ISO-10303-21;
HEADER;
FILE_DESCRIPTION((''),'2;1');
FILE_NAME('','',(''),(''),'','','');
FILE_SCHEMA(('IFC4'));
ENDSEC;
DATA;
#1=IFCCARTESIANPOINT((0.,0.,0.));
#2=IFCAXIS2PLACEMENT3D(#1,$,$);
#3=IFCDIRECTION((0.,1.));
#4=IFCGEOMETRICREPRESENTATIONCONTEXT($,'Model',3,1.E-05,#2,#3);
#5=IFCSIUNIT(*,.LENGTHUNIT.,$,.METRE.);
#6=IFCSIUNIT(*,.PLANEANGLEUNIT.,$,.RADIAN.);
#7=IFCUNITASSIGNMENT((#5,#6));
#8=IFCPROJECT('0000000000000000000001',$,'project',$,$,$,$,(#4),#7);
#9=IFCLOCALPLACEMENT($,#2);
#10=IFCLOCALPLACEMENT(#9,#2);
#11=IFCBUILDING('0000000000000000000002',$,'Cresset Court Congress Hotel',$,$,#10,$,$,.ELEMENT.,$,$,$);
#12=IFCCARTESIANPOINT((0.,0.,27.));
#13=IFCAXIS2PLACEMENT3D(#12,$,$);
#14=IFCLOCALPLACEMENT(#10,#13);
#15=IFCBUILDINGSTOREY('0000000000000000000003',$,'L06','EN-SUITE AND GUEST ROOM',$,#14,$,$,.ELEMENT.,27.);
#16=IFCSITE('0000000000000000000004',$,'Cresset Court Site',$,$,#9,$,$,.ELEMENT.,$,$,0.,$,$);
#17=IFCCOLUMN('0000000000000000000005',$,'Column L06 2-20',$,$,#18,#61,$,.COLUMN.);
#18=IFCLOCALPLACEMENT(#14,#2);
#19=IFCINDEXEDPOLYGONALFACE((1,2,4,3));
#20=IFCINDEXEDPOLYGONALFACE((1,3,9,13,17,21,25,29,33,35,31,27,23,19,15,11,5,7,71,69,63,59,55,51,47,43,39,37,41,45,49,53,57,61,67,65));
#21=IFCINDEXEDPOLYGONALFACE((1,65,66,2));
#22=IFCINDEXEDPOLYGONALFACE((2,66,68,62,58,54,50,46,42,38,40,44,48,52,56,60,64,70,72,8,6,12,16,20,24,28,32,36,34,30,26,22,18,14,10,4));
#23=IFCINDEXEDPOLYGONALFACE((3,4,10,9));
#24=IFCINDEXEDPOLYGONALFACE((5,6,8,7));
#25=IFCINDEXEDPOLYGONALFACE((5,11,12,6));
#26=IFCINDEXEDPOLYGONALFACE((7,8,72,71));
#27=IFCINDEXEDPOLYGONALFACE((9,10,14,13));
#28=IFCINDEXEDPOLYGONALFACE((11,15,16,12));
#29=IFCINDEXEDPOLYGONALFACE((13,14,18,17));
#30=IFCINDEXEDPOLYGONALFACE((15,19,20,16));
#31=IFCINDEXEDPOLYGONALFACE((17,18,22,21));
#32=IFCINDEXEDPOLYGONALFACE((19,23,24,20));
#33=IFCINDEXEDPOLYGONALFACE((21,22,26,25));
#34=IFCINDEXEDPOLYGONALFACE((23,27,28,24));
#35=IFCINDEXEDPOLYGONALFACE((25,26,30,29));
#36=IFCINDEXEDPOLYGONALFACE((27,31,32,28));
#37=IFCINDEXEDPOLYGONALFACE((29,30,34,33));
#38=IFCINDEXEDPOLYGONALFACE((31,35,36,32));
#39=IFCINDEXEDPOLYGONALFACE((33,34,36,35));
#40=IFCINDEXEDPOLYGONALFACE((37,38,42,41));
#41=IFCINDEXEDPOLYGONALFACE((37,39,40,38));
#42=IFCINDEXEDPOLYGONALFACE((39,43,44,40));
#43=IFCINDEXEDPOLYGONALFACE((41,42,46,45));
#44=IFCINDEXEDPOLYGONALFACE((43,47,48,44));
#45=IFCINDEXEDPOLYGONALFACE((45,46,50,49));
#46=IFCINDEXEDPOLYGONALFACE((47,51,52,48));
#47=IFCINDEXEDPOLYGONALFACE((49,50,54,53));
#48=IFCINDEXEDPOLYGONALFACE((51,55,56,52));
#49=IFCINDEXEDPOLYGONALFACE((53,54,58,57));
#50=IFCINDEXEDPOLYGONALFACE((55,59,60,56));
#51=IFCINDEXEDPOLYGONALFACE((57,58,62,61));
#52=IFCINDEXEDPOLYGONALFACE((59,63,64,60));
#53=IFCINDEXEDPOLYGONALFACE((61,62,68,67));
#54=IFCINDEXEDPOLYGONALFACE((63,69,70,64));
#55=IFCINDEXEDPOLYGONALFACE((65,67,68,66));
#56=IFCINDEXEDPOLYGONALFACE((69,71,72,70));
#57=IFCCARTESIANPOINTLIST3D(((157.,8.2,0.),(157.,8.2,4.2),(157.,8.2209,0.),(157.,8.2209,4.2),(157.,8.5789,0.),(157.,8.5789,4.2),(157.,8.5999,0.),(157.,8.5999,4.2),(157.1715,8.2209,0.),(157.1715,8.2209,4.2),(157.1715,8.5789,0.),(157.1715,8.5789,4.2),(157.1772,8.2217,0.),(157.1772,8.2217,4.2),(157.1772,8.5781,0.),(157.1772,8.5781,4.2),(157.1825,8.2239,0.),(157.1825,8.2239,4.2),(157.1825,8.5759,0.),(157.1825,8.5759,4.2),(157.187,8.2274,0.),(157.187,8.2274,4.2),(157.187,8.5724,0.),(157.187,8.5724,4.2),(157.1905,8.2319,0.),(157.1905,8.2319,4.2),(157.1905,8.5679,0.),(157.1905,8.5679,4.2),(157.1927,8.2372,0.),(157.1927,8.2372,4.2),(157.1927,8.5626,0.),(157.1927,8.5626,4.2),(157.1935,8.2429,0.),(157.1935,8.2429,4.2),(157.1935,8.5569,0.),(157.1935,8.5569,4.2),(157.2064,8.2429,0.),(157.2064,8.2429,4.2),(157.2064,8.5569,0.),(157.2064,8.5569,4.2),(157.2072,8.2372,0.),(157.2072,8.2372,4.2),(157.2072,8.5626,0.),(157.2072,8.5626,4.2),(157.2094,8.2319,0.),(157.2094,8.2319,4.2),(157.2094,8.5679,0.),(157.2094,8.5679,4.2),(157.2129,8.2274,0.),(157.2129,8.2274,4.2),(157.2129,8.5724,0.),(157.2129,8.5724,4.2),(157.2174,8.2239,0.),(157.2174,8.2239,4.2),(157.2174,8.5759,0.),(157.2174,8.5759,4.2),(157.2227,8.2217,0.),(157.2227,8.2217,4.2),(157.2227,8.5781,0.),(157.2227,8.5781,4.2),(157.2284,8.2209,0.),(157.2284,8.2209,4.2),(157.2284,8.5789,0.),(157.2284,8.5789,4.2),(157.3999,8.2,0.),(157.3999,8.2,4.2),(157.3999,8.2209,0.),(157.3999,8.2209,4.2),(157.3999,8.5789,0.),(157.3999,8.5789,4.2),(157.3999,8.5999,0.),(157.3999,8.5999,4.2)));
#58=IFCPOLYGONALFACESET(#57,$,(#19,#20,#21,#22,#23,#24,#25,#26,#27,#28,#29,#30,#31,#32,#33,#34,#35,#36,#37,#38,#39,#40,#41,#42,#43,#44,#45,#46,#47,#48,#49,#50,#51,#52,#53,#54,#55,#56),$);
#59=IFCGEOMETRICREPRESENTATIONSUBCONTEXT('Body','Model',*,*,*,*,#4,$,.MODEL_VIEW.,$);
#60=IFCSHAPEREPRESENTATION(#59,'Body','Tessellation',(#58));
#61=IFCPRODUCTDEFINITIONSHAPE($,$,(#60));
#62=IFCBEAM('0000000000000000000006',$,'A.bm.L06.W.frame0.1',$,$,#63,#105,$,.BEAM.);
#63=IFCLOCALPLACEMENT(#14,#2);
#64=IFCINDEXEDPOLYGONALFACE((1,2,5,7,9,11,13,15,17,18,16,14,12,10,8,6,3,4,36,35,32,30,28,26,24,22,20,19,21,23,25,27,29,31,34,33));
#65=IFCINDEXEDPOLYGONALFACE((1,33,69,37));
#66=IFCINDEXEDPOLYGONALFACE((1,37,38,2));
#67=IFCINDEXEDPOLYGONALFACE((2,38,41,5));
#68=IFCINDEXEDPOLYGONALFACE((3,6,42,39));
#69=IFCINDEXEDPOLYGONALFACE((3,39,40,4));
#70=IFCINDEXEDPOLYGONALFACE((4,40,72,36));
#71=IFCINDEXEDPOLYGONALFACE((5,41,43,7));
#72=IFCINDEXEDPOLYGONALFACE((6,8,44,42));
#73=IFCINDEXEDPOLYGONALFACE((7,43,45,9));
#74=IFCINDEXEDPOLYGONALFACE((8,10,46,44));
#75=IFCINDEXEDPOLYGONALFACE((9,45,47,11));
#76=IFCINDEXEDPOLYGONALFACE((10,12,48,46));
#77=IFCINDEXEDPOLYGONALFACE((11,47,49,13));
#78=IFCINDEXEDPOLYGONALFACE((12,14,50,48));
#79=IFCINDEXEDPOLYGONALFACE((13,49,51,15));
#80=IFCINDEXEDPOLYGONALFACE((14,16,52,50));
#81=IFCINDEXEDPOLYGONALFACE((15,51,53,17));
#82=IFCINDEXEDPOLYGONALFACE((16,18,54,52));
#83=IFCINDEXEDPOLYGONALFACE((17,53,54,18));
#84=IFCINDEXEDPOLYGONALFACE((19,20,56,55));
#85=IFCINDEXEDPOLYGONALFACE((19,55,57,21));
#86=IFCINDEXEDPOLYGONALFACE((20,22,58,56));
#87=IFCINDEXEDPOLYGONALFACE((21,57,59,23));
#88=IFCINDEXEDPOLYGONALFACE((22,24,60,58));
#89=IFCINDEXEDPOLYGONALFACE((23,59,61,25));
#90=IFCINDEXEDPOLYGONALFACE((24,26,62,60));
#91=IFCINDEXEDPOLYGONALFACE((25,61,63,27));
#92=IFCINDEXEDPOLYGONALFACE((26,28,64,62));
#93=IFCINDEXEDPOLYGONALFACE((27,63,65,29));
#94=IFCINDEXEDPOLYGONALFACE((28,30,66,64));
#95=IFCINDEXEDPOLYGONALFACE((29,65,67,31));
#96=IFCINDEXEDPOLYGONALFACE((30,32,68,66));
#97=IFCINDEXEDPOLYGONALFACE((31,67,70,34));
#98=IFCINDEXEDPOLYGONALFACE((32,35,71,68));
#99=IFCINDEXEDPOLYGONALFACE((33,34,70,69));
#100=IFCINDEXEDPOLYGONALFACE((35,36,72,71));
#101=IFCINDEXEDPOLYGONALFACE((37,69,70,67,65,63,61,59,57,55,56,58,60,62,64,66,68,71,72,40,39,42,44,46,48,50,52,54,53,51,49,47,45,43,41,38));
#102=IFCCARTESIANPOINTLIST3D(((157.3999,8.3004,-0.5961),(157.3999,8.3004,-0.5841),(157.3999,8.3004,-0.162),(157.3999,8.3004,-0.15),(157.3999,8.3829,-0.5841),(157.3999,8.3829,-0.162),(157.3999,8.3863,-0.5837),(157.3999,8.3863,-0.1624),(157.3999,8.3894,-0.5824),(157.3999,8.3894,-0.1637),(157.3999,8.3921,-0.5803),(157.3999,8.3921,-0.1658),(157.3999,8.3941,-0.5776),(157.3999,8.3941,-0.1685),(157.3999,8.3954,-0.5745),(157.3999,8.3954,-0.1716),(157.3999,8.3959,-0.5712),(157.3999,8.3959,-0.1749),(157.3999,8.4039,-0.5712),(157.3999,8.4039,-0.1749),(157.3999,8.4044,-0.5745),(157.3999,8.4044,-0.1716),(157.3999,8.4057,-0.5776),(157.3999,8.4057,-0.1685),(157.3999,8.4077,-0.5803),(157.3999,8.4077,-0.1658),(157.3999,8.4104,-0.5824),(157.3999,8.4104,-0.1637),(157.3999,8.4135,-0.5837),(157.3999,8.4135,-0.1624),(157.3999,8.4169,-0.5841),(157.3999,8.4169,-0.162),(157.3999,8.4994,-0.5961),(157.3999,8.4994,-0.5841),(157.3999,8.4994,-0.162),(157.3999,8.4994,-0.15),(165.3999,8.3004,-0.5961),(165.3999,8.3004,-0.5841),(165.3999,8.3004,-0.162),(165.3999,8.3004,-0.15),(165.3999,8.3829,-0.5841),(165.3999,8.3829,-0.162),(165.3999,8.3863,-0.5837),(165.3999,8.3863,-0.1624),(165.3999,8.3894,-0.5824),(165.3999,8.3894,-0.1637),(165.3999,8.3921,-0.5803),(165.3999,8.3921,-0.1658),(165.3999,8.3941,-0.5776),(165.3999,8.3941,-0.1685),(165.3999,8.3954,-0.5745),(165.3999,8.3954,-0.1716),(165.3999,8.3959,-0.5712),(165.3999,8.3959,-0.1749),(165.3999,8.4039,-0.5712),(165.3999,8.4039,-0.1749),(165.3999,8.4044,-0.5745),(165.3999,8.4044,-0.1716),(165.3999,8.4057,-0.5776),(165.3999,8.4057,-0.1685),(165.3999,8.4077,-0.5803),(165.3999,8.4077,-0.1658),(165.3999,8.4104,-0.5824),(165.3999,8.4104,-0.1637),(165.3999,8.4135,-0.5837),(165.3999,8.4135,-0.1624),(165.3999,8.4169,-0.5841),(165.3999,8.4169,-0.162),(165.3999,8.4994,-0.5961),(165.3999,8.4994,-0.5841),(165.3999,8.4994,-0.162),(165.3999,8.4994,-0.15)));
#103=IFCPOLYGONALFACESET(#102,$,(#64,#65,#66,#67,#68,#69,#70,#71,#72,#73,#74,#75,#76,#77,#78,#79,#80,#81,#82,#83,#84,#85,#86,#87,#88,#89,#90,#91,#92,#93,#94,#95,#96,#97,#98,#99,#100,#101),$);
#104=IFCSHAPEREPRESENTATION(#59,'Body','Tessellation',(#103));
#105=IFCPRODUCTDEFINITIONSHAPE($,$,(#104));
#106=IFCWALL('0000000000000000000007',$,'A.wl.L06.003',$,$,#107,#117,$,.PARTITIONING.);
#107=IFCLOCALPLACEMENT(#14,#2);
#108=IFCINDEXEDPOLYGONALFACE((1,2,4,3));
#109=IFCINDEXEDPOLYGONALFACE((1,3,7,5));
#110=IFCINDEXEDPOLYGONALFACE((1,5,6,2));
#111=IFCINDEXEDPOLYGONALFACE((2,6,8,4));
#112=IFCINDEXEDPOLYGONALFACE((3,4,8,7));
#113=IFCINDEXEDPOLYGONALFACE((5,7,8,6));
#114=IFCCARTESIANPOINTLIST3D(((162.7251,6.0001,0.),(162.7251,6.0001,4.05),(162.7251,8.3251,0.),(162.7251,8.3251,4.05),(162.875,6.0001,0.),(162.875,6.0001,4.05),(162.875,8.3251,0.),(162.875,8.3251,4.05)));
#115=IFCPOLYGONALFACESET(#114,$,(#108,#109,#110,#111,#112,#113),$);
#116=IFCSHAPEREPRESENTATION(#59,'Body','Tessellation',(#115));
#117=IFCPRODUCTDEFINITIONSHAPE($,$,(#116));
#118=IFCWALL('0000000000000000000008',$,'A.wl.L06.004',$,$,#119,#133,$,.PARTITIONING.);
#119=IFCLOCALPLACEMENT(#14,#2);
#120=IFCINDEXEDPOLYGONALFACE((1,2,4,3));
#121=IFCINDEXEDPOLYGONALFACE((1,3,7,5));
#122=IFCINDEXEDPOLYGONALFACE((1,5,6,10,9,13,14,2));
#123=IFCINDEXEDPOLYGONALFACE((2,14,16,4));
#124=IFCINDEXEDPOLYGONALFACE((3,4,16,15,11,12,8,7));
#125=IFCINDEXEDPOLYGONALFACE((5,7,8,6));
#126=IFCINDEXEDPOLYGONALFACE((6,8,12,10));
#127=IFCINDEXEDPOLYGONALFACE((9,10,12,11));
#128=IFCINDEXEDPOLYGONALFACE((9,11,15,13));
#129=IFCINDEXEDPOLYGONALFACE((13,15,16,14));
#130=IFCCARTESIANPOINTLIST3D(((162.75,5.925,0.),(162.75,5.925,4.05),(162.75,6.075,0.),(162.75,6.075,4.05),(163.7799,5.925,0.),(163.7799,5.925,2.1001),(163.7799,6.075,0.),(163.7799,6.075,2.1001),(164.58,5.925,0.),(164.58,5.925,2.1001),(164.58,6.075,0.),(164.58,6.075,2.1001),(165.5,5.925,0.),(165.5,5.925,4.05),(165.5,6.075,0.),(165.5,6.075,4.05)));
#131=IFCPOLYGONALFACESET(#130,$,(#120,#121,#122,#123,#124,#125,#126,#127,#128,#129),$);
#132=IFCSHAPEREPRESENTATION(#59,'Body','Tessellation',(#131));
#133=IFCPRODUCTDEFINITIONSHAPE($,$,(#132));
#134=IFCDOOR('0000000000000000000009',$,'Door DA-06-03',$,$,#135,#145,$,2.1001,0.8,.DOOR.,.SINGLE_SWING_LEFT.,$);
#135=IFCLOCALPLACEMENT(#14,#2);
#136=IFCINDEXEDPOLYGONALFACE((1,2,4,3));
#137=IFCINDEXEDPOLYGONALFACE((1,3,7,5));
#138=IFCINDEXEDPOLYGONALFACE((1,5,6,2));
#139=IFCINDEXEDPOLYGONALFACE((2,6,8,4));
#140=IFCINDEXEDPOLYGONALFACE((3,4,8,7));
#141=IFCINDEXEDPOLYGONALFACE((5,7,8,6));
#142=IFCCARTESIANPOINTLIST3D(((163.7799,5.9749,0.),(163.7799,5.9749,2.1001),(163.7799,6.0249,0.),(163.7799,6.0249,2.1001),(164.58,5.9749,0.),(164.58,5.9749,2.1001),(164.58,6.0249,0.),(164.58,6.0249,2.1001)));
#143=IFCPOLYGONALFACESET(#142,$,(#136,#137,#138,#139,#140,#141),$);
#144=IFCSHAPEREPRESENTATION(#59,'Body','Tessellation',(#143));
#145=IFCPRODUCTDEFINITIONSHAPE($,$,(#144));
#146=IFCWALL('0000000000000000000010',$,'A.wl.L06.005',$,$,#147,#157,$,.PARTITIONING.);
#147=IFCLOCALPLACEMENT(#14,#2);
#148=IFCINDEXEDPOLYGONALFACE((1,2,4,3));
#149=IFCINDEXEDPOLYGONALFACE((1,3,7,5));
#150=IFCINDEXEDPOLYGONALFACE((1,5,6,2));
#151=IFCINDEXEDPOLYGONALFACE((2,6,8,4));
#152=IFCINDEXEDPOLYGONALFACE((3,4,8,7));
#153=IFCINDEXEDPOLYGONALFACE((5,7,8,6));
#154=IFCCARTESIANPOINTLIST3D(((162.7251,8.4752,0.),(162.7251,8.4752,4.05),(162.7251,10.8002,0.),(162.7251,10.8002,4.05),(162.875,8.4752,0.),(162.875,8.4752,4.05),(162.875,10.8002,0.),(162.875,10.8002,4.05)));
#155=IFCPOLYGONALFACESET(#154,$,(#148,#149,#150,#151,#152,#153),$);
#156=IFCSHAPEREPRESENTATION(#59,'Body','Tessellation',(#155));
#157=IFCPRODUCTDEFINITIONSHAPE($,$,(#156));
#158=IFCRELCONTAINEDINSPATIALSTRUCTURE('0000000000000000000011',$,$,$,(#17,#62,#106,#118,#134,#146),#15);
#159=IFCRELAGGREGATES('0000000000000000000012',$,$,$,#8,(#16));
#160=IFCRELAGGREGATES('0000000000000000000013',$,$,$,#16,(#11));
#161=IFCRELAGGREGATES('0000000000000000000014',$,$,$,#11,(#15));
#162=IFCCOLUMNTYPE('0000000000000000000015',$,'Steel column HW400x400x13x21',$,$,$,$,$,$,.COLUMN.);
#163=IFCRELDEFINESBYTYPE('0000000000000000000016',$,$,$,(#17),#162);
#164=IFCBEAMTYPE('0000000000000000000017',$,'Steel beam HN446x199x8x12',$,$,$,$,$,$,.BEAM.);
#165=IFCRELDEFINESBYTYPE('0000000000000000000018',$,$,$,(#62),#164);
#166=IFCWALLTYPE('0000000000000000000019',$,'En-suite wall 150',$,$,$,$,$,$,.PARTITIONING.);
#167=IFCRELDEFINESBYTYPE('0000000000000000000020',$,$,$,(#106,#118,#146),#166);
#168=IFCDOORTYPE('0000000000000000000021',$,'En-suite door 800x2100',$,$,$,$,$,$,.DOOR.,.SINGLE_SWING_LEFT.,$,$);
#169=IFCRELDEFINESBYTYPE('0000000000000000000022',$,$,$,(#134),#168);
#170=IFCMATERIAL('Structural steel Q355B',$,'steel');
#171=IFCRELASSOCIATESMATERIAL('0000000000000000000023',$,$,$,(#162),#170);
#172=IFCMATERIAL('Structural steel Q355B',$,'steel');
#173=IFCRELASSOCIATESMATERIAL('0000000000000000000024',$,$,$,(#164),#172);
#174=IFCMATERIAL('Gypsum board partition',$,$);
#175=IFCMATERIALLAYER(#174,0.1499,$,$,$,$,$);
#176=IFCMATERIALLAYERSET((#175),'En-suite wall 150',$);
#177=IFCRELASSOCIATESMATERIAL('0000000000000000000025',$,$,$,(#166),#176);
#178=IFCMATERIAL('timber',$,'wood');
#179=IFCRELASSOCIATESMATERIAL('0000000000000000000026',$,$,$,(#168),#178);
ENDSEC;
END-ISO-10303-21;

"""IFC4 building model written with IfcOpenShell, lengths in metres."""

from ifc_helpers import new_model, si_unit, direction, frame, frame_2d, origin, origin_2d, place, context, subcontext, project, spatial, rectangle, i_section, extrude, material, layer, layer_set, material_profile, profile_set, type_object, element, fill, save


model = new_model("IFC4")

# Units and contexts
model_context = context("Model", 3, precision=1e-05, world=origin(), true_north=direction((0.0, 1.0)))
body_context = subcontext(model_context, "Body", "Model", "MODEL_VIEW")
ifc_project = project(units=[si_unit("LENGTHUNIT", "METRE"), si_unit("PLANEANGLEUNIT", "RADIAN")], contexts=[model_context])

# Site, building, storey
site_placement = place(None, origin())
site = spatial("IfcSite", under=ifc_project, at=site_placement, Name="Cresset Court Site", CompositionType="ELEMENT", RefElevation=0.0)
building_placement = place(site_placement, origin())
building = spatial("IfcBuilding", under=site, at=building_placement, Name="Cresset Court Congress Hotel", CompositionType="ELEMENT")
storey_placement = place(building_placement, frame((0.0, 0.0, 27.0)))
storey = spatial("IfcBuildingStorey", under=building, at=storey_placement, Name="L06", Description="EN-SUITE AND GUEST ROOM", CompositionType="ELEMENT", Elevation=27.0)

# Column
ifc_material_1 = material(Name="Structural steel Q355B", Category="steel")
ifc_material_profile_1 = material_profile(ifc_material_1, i_section(OverallWidth=0.3999, OverallDepth=0.3999, WebThickness=0.0129, FlangeThickness=0.021, FilletRadius=0.022, at=origin_2d()), Name="HW400x400x13x21")
ifc_profile_set_1 = profile_set([ifc_material_profile_1], Name="Structural steel Q355B")
column_type = type_object("IfcColumnType", Name="Steel column HW400x400x13x21", PredefinedType="COLUMN", material=ifc_profile_set_1)
column_placement = place(storey_placement, frame((157.2, 8.3999, 0.0), z_axis=(0.0, 0.0, 1.0), x_axis=(1.0, 0.0, 0.0)))
element("IfcColumn", 1, at=column_placement, inside=storey, type_object=column_type, Name="Column L06 2-20", PredefinedType="COLUMN", context=body_context, shape_type="SweptSolid", body=[
    extrude(i_section(OverallWidth=0.3999, OverallDepth=0.3999, WebThickness=0.0129, FlangeThickness=0.021, FilletRadius=0.022, at=origin_2d()), origin(), (0.0, 0.0, 1.0), 4.2),
])

# Beam
ifc_material_2 = material(Name="Structural steel Q355B", Category="steel")
ifc_material_profile_2 = material_profile(ifc_material_2, i_section(OverallWidth=0.199, OverallDepth=0.446, WebThickness=0.0081, FlangeThickness=0.012, FilletRadius=0.0129, at=origin_2d()), Name="HN446x199x8x12")
ifc_profile_set_2 = profile_set([ifc_material_profile_2], Name="Structural steel Q355B")
beam_type = type_object("IfcBeamType", Name="Steel beam HN446x199x8x12", PredefinedType="BEAM", material=ifc_profile_set_2)
beam_placement = place(storey_placement, frame((157.3999, 8.3999, -0.373), z_axis=(1.0, 0.0, 0.0), x_axis=(0.0, 1.0, 0.0)))
element("IfcBeam", 2, at=beam_placement, inside=storey, type_object=beam_type, Name="A.bm.L06.W.frame0.1", PredefinedType="BEAM", context=body_context, shape_type="SweptSolid", body=[
    extrude(i_section(OverallWidth=0.199, OverallDepth=0.446, WebThickness=0.0081, FlangeThickness=0.012, FilletRadius=0.0129, at=origin_2d()), origin(), (0.0, 0.0, 1.0), 8.0),
])

# Wall
ifc_material_3 = material(Name="Gypsum board partition")
ifc_layer_1 = layer(ifc_material_3, 0.1499)
ifc_layer_set_1 = layer_set([ifc_layer_1], Name="En-suite wall 150")
wall_type_1 = type_object("IfcWallType", Name="En-suite wall 150", PredefinedType="PARTITIONING", material=ifc_layer_set_1)
wall_1_placement = place(storey_placement, frame((162.8, 6.0, 0.0), z_axis=(0.0, 0.0, 1.0), x_axis=(0.0, 1.0, 0.0)))
element("IfcWall", 3, at=wall_1_placement, inside=storey, type_object=wall_type_1, Name="A.wl.L06.003", PredefinedType="PARTITIONING", context=body_context, shape_type="SweptSolid", body=[
    extrude(rectangle(XDim=2.325, YDim=0.1499, at=frame_2d((1.1626, 0.0))), origin(), (0.0, 0.0, 1.0), 4.05),
])

# Wall, opening, door
wall_2_placement = place(storey_placement, frame((162.75, 6.0, 0.0), z_axis=(0.0, 0.0, 1.0), x_axis=(1.0, 0.0, 0.0)))
wall_2 = element("IfcWall", 4, at=wall_2_placement, inside=storey, type_object=wall_type_1, Name="A.wl.L06.004", PredefinedType="PARTITIONING", context=body_context, shape_type="SweptSolid", body=[
    extrude(rectangle(XDim=2.75, YDim=0.1499, at=frame_2d((1.375, 0.0))), origin(), (0.0, 0.0, 1.0), 4.05),
])
opening_1_placement = place(wall_2_placement, frame((1.03, 0.0, 0.0)))
opening_1 = element("IfcOpeningElement", 5, at=opening_1_placement, cuts=wall_2, PredefinedType="OPENING", context=body_context, shape_type="SweptSolid", body=[
    extrude(rectangle(XDim=0.8, YDim=2.1001, at=frame_2d((0.3999, 1.05))), frame((0.0, 0.085, 0.0), z_axis=(0.0, -1.0, 0.0), x_axis=(1.0, 0.0, 0.0)), (0.0, 0.0, 1.0), 0.1699),
])
ifc_material_4 = material(Name="timber", Category="wood")
door_type = type_object("IfcDoorType", Name="En-suite door 800x2100", OperationType="SINGLE_SWING_LEFT", PredefinedType="DOOR", material=ifc_material_4)
door_placement = place(opening_1_placement, origin())
door = element("IfcDoor", 6, at=door_placement, inside=storey, type_object=door_type, Name="Door DA-06-03", OperationType="SINGLE_SWING_LEFT", OverallHeight=2.1001, OverallWidth=0.8, PredefinedType="DOOR", context=body_context, shape_type="SweptSolid", body=[
    extrude(rectangle(XDim=0.8, YDim=2.1001, at=frame_2d((0.3999, 1.05))), frame((0.0, 0.0249, 0.0), z_axis=(0.0, -1.0, 0.0), x_axis=(1.0, 0.0, 0.0)), (0.0, 0.0, 1.0), 0.05),
])
fill(opening_1, door)

# Wall
wall_3_placement = place(storey_placement, frame((162.8, 8.4751, 0.0), z_axis=(0.0, 0.0, 1.0), x_axis=(0.0, 1.0, 0.0)))
element("IfcWall", 7, at=wall_3_placement, inside=storey, type_object=wall_type_1, Name="A.wl.L06.005", PredefinedType="PARTITIONING", context=body_context, shape_type="SweptSolid", body=[
    extrude(rectangle(XDim=2.325, YDim=0.1499, at=frame_2d((1.1626, 0.0))), origin(), (0.0, 0.0, 1.0), 4.05),
])

save(model, "model.ifc")
